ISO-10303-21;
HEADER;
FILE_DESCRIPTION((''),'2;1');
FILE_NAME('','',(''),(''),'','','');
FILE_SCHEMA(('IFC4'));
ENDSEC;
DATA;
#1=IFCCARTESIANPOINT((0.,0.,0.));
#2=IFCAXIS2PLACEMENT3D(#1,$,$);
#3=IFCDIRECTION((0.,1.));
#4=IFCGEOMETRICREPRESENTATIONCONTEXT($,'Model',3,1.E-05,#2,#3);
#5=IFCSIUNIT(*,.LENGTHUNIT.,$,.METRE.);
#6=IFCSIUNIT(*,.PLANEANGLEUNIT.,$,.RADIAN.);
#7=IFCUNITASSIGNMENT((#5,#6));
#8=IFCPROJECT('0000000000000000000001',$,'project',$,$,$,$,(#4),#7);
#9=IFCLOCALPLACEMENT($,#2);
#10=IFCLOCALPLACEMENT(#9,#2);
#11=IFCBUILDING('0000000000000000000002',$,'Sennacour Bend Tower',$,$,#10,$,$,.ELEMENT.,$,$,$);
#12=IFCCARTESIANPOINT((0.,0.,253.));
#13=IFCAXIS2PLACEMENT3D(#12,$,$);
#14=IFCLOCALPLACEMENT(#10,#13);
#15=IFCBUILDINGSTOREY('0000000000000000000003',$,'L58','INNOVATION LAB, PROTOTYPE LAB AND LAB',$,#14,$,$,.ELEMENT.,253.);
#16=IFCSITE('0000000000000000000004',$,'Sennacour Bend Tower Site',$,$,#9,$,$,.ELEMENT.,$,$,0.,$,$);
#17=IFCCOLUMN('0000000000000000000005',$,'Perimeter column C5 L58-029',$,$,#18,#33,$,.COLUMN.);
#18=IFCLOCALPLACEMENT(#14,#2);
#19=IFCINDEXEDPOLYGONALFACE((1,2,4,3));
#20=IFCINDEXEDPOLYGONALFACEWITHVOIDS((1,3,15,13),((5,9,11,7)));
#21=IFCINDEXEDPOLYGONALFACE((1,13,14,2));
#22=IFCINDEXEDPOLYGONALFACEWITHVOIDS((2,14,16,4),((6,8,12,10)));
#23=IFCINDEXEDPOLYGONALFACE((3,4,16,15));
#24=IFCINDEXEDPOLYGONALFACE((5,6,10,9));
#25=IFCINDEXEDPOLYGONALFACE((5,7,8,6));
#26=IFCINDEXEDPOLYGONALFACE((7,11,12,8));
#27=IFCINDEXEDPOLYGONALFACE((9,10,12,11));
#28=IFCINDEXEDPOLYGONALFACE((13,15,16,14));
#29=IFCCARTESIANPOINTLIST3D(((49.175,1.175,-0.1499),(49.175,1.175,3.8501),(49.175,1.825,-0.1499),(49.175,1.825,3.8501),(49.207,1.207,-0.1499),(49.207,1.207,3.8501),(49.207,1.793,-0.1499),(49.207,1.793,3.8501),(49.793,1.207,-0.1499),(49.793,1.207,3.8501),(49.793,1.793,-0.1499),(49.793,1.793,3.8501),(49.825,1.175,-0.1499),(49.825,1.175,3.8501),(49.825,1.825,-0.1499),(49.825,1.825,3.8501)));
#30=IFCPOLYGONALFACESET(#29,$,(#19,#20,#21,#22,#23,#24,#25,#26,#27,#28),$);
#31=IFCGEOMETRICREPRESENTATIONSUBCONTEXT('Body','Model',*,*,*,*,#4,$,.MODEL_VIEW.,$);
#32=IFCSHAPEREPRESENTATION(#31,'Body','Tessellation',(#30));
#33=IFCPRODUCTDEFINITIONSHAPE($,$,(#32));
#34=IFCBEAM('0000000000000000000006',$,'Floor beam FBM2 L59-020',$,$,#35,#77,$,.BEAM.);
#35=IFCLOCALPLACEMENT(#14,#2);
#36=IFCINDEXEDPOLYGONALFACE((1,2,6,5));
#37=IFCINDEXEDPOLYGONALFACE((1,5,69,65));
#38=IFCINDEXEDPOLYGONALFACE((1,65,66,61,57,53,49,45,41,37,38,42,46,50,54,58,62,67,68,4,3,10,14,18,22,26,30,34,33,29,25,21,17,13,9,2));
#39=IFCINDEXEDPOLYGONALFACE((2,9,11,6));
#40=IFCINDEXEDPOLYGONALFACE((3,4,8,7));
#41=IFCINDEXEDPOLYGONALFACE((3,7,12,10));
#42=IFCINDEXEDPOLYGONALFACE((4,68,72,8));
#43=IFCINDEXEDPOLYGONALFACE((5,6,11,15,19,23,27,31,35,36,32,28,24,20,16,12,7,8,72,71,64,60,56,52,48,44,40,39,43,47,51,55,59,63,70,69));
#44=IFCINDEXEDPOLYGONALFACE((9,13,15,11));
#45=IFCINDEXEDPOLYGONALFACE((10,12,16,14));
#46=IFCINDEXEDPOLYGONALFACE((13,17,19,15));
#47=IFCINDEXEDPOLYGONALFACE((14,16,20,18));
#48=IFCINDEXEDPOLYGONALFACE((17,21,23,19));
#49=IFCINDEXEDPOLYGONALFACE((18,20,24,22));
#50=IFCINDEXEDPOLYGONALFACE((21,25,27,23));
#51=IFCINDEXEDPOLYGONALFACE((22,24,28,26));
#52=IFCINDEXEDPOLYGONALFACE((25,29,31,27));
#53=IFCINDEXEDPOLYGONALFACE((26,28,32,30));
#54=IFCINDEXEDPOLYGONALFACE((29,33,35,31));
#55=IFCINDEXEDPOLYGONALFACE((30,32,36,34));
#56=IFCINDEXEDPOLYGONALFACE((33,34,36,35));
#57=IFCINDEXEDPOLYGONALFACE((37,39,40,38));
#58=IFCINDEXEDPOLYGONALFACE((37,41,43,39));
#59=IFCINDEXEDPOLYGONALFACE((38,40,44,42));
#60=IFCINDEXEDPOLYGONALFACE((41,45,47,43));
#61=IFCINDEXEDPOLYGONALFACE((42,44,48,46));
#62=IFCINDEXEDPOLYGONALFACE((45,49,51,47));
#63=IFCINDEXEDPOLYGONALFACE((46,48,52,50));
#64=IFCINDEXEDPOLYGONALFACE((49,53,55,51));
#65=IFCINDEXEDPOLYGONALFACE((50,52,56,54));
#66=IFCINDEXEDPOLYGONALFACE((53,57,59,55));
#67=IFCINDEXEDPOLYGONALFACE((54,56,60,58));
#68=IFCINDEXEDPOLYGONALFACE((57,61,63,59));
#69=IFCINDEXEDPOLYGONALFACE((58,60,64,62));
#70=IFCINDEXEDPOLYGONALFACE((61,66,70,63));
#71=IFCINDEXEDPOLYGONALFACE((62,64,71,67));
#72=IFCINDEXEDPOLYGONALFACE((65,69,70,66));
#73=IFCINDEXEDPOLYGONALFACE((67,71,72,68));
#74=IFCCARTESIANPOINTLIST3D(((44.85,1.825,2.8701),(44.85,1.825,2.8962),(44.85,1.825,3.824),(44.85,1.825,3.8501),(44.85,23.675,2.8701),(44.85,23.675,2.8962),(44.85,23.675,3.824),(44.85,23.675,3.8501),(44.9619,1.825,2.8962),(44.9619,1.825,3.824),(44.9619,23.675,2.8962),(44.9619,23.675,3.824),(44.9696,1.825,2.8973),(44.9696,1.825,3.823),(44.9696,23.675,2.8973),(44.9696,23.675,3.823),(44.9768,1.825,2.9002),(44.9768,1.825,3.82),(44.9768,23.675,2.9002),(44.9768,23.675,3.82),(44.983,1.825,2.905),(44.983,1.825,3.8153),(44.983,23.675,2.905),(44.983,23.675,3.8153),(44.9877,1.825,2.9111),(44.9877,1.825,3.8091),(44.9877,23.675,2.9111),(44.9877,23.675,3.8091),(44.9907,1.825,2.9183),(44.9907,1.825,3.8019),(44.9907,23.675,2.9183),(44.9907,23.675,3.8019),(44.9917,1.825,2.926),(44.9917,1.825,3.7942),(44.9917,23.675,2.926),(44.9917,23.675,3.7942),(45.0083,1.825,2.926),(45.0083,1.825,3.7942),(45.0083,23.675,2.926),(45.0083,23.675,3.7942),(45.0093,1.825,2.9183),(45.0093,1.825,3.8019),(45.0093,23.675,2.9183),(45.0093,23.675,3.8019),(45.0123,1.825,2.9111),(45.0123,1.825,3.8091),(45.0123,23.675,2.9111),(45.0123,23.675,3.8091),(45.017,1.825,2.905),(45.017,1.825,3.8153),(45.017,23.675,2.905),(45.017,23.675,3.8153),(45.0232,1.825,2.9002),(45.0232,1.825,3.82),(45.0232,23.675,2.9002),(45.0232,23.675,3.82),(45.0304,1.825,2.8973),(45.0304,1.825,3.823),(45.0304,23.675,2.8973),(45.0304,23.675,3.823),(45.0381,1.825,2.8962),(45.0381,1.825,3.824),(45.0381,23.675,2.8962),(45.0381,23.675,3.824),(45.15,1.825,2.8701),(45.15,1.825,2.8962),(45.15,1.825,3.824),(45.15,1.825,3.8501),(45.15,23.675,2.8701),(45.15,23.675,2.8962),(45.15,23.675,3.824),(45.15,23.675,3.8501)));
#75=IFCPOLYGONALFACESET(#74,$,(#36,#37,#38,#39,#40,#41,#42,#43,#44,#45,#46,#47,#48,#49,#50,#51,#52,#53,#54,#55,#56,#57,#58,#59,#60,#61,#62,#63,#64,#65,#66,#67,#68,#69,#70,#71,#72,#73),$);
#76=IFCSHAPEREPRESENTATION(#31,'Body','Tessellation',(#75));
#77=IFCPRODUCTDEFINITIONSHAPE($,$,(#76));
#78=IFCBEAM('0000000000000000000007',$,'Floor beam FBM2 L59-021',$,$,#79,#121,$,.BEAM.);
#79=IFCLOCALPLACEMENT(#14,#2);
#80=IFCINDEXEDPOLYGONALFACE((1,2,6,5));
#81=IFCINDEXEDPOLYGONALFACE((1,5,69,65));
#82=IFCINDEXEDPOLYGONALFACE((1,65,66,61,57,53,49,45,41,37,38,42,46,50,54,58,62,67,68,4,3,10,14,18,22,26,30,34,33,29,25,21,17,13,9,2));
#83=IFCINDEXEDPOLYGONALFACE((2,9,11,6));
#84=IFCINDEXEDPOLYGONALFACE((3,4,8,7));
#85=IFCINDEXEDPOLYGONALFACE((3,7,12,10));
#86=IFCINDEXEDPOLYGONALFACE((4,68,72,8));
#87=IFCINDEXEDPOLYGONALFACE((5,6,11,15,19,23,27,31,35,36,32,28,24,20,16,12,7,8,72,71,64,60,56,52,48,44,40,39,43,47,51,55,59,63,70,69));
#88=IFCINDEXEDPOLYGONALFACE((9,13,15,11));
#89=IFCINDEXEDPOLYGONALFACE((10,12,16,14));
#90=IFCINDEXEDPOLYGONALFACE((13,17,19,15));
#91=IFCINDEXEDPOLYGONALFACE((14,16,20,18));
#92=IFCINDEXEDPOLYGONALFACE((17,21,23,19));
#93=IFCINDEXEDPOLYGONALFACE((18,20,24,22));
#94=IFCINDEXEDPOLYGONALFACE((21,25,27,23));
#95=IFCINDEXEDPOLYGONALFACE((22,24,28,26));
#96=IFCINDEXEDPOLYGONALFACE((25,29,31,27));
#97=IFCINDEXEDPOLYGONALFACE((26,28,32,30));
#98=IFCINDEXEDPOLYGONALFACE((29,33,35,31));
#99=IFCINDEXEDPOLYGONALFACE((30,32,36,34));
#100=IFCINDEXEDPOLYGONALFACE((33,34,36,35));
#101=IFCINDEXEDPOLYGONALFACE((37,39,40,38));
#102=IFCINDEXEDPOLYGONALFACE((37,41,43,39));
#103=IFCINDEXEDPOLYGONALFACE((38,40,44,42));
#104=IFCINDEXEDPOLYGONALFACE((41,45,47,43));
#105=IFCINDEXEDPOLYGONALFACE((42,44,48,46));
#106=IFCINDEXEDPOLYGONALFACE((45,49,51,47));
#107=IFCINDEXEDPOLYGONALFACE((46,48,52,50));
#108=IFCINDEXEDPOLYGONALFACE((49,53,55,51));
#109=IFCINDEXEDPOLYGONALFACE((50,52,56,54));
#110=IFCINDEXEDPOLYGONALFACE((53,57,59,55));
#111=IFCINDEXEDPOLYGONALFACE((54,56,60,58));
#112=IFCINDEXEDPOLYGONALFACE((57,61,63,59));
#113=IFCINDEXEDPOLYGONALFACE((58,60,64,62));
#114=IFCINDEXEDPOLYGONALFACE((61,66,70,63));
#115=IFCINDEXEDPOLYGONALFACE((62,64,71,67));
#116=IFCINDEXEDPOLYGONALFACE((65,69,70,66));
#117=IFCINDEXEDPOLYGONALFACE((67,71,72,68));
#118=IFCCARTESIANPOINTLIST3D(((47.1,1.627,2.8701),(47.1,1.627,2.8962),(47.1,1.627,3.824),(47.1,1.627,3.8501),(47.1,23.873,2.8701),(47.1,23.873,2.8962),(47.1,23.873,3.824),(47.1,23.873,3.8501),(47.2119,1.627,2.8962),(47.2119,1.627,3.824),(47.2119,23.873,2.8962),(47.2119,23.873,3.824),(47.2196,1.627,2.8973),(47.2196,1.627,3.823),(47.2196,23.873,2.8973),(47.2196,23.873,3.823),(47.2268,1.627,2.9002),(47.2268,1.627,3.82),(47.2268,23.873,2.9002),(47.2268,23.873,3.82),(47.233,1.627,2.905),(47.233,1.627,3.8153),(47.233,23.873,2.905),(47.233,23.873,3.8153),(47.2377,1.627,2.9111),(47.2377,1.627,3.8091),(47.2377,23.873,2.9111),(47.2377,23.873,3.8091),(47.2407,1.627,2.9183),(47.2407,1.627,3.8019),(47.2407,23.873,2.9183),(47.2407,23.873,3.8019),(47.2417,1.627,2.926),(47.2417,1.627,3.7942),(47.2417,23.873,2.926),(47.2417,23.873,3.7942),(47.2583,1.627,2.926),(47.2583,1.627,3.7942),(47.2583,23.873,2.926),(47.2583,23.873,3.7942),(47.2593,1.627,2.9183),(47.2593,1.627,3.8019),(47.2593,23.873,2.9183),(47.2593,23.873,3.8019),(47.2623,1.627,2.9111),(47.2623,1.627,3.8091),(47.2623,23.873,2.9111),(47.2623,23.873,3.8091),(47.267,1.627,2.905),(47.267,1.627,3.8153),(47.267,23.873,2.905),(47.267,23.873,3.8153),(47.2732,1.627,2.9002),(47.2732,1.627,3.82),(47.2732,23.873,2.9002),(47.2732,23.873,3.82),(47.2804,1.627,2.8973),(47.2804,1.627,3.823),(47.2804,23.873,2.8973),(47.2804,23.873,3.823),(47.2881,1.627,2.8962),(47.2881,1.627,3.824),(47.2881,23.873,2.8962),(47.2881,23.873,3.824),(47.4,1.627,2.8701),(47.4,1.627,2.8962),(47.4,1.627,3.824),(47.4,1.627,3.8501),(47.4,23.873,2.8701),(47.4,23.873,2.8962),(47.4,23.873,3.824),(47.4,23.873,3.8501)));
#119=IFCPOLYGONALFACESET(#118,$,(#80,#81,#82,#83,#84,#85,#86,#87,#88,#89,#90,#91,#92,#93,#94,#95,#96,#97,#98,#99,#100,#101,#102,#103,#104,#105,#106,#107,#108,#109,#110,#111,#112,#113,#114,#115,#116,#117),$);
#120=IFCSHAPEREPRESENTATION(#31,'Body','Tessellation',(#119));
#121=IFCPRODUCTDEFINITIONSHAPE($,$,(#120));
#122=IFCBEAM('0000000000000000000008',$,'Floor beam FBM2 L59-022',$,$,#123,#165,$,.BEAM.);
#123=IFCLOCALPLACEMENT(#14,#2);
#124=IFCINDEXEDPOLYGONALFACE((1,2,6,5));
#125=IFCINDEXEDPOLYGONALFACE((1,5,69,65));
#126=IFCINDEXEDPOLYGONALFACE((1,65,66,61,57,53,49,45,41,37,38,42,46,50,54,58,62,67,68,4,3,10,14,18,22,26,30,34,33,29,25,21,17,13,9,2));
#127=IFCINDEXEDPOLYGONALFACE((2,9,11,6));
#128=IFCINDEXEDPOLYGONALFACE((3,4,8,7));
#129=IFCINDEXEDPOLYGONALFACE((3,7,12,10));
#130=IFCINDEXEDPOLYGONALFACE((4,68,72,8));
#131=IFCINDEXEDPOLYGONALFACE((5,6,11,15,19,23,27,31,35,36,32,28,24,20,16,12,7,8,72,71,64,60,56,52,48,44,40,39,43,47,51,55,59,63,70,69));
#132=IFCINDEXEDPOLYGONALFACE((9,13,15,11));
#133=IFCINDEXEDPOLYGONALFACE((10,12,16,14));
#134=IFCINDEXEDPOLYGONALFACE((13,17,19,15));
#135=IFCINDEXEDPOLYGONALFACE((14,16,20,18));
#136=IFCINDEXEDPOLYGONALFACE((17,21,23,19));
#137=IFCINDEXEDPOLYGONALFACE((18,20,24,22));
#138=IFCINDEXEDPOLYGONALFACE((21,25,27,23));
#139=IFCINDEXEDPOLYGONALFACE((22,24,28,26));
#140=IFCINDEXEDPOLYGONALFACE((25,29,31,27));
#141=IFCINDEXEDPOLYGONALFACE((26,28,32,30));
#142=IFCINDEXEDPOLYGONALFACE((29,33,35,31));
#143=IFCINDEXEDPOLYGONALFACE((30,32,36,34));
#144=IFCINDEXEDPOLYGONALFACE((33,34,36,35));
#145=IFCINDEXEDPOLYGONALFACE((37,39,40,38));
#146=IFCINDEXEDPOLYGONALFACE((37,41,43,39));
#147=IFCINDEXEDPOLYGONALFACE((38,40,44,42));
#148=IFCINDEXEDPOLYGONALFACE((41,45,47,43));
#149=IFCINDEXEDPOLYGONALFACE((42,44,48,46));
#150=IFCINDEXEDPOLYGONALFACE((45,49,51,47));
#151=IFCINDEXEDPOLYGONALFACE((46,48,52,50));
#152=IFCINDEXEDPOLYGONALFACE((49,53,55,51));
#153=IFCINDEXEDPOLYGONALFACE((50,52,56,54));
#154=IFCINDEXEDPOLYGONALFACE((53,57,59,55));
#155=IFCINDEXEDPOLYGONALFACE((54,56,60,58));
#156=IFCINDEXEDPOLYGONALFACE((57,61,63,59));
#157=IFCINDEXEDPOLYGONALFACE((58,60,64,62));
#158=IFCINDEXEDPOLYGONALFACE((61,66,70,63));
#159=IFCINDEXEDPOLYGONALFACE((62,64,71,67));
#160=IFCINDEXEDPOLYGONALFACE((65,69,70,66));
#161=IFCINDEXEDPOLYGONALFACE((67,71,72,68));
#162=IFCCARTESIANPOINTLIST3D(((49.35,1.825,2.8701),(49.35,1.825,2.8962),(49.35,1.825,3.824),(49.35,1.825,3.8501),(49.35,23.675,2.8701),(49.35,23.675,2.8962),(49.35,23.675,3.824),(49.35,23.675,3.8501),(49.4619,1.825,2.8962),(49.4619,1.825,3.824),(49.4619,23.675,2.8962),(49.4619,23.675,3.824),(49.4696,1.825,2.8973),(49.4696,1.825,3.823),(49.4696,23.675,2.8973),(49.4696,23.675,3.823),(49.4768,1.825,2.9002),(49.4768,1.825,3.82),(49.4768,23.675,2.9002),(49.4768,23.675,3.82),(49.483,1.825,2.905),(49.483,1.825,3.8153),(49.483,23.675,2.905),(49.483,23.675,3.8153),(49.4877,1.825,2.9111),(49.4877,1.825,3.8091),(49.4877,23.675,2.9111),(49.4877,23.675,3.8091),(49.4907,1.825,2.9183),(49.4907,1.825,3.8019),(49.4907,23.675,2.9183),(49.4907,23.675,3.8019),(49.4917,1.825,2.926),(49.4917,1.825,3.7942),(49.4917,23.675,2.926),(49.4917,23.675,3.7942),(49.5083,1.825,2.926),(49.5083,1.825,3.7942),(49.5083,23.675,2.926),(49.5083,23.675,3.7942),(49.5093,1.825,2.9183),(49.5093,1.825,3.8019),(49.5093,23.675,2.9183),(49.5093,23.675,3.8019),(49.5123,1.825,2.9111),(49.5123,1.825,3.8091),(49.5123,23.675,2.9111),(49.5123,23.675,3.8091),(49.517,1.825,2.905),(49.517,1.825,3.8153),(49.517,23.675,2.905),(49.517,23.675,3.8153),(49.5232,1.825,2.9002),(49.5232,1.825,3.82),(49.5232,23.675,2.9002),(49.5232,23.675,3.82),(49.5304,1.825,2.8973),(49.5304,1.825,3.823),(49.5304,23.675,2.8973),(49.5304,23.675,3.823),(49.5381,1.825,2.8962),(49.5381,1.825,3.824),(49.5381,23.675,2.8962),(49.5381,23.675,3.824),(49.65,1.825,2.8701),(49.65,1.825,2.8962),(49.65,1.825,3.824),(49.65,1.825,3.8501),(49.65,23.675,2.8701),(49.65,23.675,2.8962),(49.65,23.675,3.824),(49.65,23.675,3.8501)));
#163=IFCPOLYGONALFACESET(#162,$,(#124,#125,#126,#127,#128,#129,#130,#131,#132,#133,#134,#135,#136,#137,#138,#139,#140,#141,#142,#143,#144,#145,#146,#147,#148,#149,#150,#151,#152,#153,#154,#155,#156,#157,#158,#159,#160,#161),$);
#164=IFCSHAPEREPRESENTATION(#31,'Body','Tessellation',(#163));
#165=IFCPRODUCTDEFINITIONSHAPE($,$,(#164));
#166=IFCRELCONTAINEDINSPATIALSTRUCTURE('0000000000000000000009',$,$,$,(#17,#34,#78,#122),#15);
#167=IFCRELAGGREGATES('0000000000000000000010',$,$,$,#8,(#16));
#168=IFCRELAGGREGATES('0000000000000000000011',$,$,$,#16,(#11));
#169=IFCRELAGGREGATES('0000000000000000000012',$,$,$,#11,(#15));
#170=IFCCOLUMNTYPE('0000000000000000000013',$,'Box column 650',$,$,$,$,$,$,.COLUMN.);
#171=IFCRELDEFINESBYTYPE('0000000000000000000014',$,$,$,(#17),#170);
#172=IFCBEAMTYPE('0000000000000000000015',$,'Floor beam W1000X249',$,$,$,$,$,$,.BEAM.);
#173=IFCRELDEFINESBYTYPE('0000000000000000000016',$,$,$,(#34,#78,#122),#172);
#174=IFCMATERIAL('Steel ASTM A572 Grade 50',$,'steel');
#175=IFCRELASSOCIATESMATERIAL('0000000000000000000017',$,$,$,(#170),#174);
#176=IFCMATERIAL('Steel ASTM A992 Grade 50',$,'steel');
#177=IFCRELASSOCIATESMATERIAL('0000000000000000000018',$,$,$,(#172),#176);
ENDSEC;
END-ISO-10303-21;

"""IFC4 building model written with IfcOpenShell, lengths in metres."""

from ifc_helpers import new_model, si_unit, direction, frame, origin, origin_2d, place, context, subcontext, project, spatial, hollow_rectangle, i_section, extrude, material, material_profile, profile_set, type_object, element, save


model = new_model("IFC4")

# Units and contexts
model_context = context("Model", 3, precision=1e-05, world=origin(), true_north=direction((0.0, 1.0)))
body_context = subcontext(model_context, "Body", "Model", "MODEL_VIEW")
ifc_project = project(units=[si_unit("LENGTHUNIT", "METRE"), si_unit("PLANEANGLEUNIT", "RADIAN")], contexts=[model_context])

# Site, building, storey
site_placement = place(None, origin())
site = spatial("IfcSite", under=ifc_project, at=site_placement, Name="Sennacour Bend Tower Site", CompositionType="ELEMENT", RefElevation=0.0)
building_placement = place(site_placement, origin())
building = spatial("IfcBuilding", under=site, at=building_placement, Name="Sennacour Bend Tower", CompositionType="ELEMENT")
storey_placement = place(building_placement, frame((0.0, 0.0, 253.0)))
storey = spatial("IfcBuildingStorey", under=building, at=storey_placement, Name="L58", Description="INNOVATION LAB, PROTOTYPE LAB AND LAB", CompositionType="ELEMENT", Elevation=253.0)

# Column
ifc_material_1 = material(Name="Steel ASTM A572 Grade 50", Category="steel")
ifc_material_profile_1 = material_profile(ifc_material_1, hollow_rectangle(XDim=0.6499, YDim=0.6499, WallThickness=0.032, at=origin_2d()), Name="Steel ASTM A572 Grade 50", Category="steel")
ifc_profile_set_1 = profile_set([ifc_material_profile_1], Name="Steel ASTM A572 Grade 50")
column_type = type_object("IfcColumnType", Name="Box column 650", PredefinedType="COLUMN", material=ifc_profile_set_1)
column_placement = place(storey_placement, frame((49.5, 1.5, -0.1499), z_axis=(0.0, 0.0, 1.0), x_axis=(1.0, 0.0, 0.0)))
element("IfcColumn", 1, at=column_placement, inside=storey, type_object=column_type, Name="Perimeter column C5 L58-029", PredefinedType="COLUMN", context=body_context, shape_type="SweptSolid", body=[
    extrude(hollow_rectangle(XDim=0.6499, YDim=0.6499, WallThickness=0.032, at=origin_2d()), origin(), (0.0, 0.0, 1.0), 4.0),
])

# Beams
ifc_material_2 = material(Name="Steel ASTM A992 Grade 50", Category="steel")
ifc_material_profile_2 = material_profile(ifc_material_2, i_section(OverallWidth=0.3, OverallDepth=0.98, WebThickness=0.0166, FlangeThickness=0.0261, FilletRadius=0.0298, at=origin_2d()), Name="Steel ASTM A992 Grade 50", Category="steel")
ifc_profile_set_2 = profile_set([ifc_material_profile_2], Name="Steel ASTM A992 Grade 50")
beam_type_1 = type_object("IfcBeamType", Name="Floor beam W1000X249", PredefinedType="BEAM", material=ifc_profile_set_2)
beam_1_placement = place(storey_placement, frame((45.0, 1.825, 3.3601), z_axis=(0.0, 1.0, 0.0), x_axis=(-1.0, 0.0, 0.0)))
element("IfcBeam", 2, at=beam_1_placement, inside=storey, type_object=beam_type_1, Name="Floor beam FBM2 L59-020", PredefinedType="BEAM", context=body_context, shape_type="SweptSolid", body=[
    extrude(i_section(OverallWidth=0.3, OverallDepth=0.98, WebThickness=0.0166, FlangeThickness=0.0261, FilletRadius=0.0298, at=origin_2d()), origin(), (0.0, 0.0, 1.0), 21.8501),
])
beam_2_placement = place(storey_placement, frame((47.25, 1.627, 3.3601), z_axis=(0.0, 1.0, 0.0), x_axis=(-1.0, 0.0, 0.0)))
element("IfcBeam", 3, at=beam_2_placement, inside=storey, type_object=beam_type_1, Name="Floor beam FBM2 L59-021", PredefinedType="BEAM", context=body_context, shape_type="SweptSolid", body=[
    extrude(i_section(OverallWidth=0.3, OverallDepth=0.98, WebThickness=0.0166, FlangeThickness=0.0261, FilletRadius=0.0298, at=origin_2d()), origin(), (0.0, 0.0, 1.0), 22.2461),
])
beam_3_placement = place(storey_placement, frame((49.5, 1.825, 3.3601), z_axis=(0.0, 1.0, 0.0), x_axis=(-1.0, 0.0, 0.0)))
element("IfcBeam", 4, at=beam_3_placement, inside=storey, type_object=beam_type_1, Name="Floor beam FBM2 L59-022", PredefinedType="BEAM", context=body_context, shape_type="SweptSolid", body=[
    extrude(i_section(OverallWidth=0.3, OverallDepth=0.98, WebThickness=0.0166, FlangeThickness=0.0261, FilletRadius=0.0298, at=origin_2d()), origin(), (0.0, 0.0, 1.0), 21.8501),
])

save(model, "model.ifc")
